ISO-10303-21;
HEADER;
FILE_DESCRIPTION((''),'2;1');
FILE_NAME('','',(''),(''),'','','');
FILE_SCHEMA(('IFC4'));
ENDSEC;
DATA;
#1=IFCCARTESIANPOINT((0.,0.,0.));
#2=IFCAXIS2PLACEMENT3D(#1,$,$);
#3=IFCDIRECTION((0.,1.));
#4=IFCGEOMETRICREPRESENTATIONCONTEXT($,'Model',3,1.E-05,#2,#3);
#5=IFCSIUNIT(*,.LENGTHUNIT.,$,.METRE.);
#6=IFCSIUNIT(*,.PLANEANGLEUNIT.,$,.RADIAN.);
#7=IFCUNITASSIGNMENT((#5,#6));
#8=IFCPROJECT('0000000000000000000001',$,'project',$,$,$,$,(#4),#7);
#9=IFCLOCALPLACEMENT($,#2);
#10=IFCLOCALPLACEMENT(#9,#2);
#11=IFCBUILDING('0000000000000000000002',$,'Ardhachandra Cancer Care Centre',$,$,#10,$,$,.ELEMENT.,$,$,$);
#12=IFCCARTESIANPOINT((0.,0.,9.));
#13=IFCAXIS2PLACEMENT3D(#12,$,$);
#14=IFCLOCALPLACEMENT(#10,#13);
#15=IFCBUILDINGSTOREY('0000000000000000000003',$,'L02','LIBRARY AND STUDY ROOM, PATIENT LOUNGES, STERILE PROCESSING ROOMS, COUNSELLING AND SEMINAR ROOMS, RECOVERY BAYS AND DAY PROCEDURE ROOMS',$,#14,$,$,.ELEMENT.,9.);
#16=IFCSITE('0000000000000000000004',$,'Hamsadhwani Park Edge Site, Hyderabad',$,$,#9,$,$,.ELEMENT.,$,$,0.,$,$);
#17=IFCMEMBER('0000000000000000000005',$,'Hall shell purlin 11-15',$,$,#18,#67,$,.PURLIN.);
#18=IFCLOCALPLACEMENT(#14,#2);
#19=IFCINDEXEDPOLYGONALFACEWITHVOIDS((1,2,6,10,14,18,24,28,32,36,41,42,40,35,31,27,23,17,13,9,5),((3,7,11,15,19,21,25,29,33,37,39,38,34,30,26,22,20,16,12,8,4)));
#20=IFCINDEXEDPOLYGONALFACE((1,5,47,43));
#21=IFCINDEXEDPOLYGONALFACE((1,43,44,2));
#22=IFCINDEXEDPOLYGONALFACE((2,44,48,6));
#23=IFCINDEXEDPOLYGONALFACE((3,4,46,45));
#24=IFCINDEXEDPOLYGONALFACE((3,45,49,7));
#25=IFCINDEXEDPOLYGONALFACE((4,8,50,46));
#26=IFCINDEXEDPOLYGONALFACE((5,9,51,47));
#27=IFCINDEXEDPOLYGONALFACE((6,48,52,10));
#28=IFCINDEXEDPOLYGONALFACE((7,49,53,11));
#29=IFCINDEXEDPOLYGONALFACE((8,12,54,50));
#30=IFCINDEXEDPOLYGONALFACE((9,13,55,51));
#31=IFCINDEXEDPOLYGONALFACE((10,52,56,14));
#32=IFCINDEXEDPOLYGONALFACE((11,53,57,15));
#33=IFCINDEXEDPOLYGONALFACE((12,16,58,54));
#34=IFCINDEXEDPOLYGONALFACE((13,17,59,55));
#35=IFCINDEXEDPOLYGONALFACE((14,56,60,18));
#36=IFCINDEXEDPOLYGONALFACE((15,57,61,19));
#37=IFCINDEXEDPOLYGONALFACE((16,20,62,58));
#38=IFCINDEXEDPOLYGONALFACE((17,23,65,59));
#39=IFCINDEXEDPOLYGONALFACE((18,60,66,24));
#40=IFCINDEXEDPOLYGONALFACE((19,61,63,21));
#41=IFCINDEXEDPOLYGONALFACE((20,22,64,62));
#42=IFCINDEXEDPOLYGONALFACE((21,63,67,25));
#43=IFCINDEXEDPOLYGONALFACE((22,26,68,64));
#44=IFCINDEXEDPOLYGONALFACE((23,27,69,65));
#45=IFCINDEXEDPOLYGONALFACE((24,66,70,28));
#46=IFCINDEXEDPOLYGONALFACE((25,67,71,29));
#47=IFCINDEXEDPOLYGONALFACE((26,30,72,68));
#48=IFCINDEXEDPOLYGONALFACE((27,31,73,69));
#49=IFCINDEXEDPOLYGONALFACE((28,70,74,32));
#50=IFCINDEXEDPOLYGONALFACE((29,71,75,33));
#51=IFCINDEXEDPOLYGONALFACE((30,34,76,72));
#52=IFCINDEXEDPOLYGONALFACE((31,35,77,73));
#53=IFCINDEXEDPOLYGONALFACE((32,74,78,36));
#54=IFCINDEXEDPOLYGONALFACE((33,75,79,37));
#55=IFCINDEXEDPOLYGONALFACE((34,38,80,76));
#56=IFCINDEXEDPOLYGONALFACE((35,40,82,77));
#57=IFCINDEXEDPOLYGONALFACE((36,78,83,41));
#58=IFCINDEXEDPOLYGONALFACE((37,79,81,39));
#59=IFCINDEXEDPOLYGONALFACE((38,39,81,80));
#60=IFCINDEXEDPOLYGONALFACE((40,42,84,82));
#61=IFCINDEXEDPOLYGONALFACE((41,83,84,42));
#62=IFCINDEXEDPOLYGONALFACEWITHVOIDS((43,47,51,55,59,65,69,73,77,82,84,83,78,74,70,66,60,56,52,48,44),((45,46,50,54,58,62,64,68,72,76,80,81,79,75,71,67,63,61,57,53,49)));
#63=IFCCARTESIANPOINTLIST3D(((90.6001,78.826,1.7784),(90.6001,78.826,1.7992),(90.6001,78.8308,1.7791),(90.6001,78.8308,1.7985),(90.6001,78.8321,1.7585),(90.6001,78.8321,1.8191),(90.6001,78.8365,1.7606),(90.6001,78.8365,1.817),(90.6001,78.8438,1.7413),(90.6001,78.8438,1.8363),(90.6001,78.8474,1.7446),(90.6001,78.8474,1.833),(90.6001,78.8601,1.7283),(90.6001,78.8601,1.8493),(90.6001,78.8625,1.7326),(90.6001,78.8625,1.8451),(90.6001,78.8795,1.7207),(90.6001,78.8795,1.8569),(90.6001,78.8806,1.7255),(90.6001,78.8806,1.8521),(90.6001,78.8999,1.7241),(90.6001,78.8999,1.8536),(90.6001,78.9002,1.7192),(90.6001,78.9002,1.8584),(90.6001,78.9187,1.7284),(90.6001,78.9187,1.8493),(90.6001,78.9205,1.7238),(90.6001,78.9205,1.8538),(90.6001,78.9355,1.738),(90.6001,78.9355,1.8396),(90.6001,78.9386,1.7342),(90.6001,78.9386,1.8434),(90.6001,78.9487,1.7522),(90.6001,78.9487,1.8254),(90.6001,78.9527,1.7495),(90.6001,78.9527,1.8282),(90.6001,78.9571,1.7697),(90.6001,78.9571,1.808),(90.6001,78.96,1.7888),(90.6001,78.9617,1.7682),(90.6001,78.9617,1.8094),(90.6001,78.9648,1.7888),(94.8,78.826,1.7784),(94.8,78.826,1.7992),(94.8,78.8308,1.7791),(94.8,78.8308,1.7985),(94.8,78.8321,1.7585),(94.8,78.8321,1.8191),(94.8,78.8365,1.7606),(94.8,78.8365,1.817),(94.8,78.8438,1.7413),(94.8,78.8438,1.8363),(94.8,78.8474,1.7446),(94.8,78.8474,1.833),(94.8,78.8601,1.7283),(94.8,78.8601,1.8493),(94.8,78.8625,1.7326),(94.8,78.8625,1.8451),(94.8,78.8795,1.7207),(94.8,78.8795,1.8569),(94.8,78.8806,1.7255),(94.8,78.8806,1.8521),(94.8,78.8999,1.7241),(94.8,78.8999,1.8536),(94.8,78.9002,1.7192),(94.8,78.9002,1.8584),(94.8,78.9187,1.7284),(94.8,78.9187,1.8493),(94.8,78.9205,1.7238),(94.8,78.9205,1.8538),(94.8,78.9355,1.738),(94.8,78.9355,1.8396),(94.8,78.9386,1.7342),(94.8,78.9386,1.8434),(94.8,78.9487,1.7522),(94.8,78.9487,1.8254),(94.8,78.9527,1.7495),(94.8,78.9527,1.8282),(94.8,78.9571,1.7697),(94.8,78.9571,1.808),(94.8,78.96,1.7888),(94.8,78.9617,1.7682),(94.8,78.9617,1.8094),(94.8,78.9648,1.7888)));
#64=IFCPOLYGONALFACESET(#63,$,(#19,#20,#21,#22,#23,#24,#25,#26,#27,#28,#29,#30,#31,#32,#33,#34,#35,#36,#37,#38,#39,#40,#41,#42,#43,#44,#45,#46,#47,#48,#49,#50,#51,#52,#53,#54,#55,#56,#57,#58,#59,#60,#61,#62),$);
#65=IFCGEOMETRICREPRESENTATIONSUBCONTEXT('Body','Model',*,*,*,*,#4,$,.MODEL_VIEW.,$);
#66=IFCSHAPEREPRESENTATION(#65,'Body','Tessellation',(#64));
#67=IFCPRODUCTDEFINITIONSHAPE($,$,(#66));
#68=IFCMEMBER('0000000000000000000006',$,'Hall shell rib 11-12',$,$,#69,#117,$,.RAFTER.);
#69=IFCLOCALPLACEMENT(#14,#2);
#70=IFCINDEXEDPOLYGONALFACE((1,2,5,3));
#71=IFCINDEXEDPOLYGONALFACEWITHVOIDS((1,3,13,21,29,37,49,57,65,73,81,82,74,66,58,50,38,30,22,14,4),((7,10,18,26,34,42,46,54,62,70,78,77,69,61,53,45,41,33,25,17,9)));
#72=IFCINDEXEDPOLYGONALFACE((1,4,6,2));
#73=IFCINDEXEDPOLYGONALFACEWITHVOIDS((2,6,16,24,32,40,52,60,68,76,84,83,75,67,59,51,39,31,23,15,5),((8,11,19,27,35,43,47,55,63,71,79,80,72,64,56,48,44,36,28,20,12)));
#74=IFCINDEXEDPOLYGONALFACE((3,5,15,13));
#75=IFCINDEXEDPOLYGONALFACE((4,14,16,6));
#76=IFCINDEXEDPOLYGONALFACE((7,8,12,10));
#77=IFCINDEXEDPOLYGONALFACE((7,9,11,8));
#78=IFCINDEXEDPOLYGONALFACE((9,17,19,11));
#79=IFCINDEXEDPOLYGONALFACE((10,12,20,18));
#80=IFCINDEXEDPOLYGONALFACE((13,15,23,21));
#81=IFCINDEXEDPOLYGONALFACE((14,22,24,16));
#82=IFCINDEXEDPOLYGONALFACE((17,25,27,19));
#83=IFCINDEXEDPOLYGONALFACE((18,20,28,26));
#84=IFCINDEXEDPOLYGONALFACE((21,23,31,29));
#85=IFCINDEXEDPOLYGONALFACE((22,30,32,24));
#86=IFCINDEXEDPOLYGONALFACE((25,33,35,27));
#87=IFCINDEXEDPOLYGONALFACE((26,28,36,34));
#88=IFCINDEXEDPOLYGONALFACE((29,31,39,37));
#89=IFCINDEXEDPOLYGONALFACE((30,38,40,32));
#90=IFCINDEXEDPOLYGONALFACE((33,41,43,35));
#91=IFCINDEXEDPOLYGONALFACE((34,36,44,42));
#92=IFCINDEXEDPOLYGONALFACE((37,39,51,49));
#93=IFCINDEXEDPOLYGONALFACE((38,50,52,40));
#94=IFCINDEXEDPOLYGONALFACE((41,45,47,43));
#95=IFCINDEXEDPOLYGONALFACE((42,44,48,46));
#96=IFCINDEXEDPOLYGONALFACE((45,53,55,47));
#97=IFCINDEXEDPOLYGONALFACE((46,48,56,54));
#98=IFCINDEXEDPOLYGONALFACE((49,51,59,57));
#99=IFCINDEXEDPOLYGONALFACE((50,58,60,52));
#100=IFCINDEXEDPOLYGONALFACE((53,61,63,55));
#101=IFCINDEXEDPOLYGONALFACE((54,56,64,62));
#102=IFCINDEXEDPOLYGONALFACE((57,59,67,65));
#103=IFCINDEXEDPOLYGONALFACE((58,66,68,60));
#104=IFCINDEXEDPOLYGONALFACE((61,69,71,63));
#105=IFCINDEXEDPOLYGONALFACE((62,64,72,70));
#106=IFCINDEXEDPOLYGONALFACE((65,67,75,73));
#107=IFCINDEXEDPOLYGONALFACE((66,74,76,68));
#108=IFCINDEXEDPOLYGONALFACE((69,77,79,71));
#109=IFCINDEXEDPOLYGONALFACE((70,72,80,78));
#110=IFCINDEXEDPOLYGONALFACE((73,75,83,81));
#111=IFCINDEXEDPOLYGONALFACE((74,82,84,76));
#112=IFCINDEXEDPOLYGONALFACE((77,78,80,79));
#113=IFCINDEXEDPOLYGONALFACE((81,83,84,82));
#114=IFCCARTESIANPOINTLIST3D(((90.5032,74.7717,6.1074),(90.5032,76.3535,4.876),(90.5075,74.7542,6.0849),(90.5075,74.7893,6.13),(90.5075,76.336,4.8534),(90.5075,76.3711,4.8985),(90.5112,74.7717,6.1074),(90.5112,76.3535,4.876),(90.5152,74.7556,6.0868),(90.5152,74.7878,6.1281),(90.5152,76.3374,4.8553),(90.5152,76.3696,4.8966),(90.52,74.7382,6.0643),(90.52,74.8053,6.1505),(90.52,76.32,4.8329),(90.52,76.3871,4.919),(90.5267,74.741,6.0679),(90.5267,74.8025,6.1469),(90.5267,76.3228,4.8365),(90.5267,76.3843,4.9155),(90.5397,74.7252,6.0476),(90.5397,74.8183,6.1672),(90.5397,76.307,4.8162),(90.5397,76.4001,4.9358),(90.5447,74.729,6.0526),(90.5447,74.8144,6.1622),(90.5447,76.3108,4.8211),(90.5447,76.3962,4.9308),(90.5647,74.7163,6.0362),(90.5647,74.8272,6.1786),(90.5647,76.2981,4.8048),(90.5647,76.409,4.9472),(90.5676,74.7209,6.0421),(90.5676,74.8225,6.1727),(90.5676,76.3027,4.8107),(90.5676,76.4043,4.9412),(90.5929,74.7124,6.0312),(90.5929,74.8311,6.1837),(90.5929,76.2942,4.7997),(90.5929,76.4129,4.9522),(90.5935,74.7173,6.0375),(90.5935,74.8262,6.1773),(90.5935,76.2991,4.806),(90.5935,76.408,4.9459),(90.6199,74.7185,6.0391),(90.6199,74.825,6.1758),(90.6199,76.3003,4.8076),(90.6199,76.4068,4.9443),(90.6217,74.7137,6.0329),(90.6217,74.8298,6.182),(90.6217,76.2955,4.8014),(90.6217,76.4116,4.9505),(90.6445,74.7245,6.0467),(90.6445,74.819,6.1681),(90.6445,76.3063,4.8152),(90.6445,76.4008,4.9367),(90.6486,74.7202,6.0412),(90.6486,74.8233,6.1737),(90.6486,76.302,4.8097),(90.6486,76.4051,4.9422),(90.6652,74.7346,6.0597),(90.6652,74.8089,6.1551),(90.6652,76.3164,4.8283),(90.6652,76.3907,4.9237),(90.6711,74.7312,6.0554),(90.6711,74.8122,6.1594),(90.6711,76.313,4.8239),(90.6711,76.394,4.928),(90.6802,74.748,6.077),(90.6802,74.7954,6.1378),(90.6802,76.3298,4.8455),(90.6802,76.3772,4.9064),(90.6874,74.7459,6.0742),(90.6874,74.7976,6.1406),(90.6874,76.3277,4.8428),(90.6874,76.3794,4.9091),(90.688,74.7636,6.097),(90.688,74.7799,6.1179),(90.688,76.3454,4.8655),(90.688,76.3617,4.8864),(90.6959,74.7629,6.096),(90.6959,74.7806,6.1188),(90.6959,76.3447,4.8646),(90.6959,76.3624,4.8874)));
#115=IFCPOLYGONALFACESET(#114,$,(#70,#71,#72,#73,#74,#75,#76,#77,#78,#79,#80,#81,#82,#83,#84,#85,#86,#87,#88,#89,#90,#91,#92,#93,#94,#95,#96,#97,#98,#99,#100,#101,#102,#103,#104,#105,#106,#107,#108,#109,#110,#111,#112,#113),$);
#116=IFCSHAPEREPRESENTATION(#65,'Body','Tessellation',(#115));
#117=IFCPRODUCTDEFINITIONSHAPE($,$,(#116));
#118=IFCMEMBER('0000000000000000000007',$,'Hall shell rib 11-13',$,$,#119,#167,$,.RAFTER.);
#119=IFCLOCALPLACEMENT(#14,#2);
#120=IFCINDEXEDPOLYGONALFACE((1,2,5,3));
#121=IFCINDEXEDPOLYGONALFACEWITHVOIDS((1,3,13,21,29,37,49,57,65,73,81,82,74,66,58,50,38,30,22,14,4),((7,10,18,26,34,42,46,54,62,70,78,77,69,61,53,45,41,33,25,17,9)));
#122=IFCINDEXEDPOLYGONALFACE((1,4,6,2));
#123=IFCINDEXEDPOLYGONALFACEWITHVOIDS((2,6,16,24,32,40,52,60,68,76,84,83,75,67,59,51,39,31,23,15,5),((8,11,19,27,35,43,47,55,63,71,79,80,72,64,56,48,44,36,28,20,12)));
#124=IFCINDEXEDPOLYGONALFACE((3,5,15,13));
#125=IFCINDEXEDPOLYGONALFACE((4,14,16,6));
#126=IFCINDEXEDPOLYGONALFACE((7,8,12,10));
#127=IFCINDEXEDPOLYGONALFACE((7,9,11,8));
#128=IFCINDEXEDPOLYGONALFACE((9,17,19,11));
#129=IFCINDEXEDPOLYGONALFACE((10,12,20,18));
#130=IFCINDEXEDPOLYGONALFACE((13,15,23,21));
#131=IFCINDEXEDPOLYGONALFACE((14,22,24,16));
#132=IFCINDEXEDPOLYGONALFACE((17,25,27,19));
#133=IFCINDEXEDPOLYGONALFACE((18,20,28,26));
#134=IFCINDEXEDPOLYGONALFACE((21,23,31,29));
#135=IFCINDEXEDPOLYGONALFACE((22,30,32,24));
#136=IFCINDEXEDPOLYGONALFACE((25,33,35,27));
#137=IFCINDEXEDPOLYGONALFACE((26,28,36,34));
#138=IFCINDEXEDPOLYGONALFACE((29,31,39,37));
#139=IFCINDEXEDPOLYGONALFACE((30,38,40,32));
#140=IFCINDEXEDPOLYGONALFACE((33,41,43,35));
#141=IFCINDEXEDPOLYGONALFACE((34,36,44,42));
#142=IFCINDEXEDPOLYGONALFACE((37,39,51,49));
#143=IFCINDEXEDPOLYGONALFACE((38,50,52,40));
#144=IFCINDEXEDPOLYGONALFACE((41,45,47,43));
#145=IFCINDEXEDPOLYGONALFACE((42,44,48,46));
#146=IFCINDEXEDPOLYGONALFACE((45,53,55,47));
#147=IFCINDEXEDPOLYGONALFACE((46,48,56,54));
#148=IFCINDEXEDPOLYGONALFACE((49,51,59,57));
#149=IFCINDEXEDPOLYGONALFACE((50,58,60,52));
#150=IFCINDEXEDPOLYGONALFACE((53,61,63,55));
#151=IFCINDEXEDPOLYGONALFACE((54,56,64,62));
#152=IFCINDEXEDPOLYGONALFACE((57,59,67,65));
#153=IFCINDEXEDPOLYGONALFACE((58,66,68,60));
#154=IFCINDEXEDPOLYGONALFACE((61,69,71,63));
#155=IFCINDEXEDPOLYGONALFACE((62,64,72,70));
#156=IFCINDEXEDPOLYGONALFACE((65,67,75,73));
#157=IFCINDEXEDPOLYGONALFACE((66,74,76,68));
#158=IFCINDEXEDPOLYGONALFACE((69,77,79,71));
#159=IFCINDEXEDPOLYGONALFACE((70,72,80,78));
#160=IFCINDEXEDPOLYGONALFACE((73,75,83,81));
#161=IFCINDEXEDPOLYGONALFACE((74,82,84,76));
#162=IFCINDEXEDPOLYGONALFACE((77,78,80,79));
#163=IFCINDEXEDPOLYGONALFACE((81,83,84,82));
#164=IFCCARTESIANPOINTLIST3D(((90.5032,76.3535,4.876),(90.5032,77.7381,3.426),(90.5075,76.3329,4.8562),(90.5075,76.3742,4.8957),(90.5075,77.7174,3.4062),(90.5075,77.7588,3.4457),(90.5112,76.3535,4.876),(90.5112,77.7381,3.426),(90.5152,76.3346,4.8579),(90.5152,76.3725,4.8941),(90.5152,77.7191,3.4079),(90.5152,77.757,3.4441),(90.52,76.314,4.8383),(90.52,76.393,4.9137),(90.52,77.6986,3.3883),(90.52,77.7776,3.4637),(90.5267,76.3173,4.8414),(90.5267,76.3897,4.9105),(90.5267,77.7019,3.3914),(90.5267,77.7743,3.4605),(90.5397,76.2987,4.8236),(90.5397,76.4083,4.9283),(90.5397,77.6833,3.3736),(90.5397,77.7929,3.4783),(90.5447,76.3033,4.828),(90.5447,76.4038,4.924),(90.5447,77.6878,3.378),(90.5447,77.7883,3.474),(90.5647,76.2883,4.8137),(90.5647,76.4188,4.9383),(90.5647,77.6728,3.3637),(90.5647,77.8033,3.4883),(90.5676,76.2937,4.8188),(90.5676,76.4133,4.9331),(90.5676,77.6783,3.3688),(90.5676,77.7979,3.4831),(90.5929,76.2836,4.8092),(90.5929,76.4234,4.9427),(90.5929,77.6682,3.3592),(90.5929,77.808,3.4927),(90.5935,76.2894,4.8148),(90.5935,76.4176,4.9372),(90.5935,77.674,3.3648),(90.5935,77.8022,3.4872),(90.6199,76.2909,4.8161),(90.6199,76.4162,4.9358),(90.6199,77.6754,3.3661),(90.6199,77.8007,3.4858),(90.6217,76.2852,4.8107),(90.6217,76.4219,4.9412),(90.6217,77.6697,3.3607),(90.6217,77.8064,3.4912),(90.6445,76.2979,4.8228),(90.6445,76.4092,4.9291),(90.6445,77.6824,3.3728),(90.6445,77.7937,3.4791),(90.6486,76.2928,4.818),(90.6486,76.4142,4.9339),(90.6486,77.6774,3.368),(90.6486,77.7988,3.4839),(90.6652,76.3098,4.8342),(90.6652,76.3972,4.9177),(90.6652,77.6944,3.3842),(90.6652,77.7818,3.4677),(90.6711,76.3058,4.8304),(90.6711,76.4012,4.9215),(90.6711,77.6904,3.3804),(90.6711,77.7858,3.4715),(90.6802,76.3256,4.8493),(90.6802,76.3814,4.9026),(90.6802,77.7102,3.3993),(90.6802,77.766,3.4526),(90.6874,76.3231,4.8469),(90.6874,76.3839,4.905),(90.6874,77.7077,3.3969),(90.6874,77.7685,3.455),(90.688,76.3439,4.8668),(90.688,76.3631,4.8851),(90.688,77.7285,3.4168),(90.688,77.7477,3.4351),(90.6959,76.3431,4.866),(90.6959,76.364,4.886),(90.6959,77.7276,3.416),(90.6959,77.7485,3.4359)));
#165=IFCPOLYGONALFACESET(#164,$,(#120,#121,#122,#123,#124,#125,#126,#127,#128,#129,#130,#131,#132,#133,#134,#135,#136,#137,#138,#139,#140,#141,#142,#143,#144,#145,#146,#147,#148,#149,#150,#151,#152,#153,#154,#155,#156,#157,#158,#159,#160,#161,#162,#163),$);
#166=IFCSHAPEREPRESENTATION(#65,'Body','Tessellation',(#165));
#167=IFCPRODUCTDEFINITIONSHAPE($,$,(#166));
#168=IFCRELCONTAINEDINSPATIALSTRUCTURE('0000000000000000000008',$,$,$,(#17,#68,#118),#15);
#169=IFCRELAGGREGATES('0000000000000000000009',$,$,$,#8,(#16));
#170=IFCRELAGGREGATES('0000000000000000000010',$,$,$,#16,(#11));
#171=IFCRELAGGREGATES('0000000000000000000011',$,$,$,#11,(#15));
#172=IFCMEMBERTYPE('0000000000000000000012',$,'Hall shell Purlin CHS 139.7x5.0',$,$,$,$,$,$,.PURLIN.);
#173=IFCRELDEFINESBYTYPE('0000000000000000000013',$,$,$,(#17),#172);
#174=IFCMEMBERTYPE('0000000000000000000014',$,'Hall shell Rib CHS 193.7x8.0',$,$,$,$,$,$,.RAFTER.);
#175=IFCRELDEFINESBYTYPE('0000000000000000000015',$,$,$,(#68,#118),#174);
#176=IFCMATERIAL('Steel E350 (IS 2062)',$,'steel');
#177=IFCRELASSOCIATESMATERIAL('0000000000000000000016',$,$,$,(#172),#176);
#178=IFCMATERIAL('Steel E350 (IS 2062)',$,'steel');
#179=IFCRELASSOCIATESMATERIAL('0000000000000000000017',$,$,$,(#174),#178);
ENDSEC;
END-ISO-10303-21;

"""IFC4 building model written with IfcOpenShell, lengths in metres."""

from ifc_helpers import new_model, si_unit, direction, frame, origin, origin_2d, place, context, subcontext, project, spatial, hollow_circle, extrude, material, material_profile, profile_set, type_object, element, save


model = new_model("IFC4")

# Units and contexts
model_context = context("Model", 3, precision=1e-05, world=origin(), true_north=direction((0.0, 1.0)))
body_context = subcontext(model_context, "Body", "Model", "MODEL_VIEW")
ifc_project = project(units=[si_unit("LENGTHUNIT", "METRE"), si_unit("PLANEANGLEUNIT", "RADIAN")], contexts=[model_context])

# Site, building, storey
site_placement = place(None, origin())
site = spatial("IfcSite", under=ifc_project, at=site_placement, Name="Hamsadhwani Park Edge Site, Hyderabad", CompositionType="ELEMENT", RefElevation=0.0)
building_placement = place(site_placement, origin())
building = spatial("IfcBuilding", under=site, at=building_placement, Name="Ardhachandra Cancer Care Centre", CompositionType="ELEMENT")
storey_placement = place(building_placement, frame((0.0, 0.0, 9.0)))
storey = spatial("IfcBuildingStorey", under=building, at=storey_placement, Name="L02", Description="LIBRARY AND STUDY ROOM, PATIENT LOUNGES, STERILE PROCESSING ROOMS, COUNSELLING AND SEMINAR ROOMS, RECOVERY BAYS AND DAY PROCEDURE ROOMS", CompositionType="ELEMENT", Elevation=9.0)

# Members
ifc_material_1 = material(Name="Steel E350 (IS 2062)", Category="steel")
ifc_material_profile_1 = material_profile(ifc_material_1, hollow_circle(Radius=0.0698, WallThickness=0.0049, at=origin_2d()), Name="CHS 139.7x5.0")
ifc_profile_set_1 = profile_set([ifc_material_profile_1], Name="Steel E350 (IS 2062)")
member_type_1 = type_object("IfcMemberType", Name="Hall shell Purlin CHS 139.7x5.0", PredefinedType="PURLIN", material=ifc_profile_set_1)
for number, where, z_axis, x_axis, name in (
    (1, (90.6001, 78.895, 1.7888), (1.0, 0.0, 0.0), (0.0, 1.0, 0.0), "Hall shell purlin 11-15"),
):
    element("IfcMember", number, at=place(storey_placement, frame(where, z_axis=z_axis, x_axis=x_axis)), inside=storey, type_object=member_type_1, Name=name, PredefinedType="PURLIN", context=body_context, shape_type="SweptSolid", body=[
        extrude(hollow_circle(Radius=0.0698, WallThickness=0.0049, at=origin_2d()), origin(), (0.0, 0.0, 1.0), 4.2),
    ])
ifc_material_2 = material(Name="Steel E350 (IS 2062)", Category="steel")
ifc_material_profile_2 = material_profile(ifc_material_2, hollow_circle(Radius=0.0969, WallThickness=0.0081, at=origin_2d()), Name="CHS 193.7x8.0")
ifc_profile_set_2 = profile_set([ifc_material_profile_2], Name="Steel E350 (IS 2062)")
member_type_2 = type_object("IfcMemberType", Name="Hall shell Rib CHS 193.7x8.0", PredefinedType="RAFTER", material=ifc_profile_set_2)
member_1_placement = place(storey_placement, frame((90.6001, 74.7717, 6.1074), z_axis=(0.0, 0.78907, -0.614303), x_axis=(-1.0, 0.0, 0.0)))
element("IfcMember", 2, at=member_1_placement, inside=storey, type_object=member_type_2, Name="Hall shell rib 11-12", PredefinedType="RAFTER", context=body_context, shape_type="SweptSolid", body=[
    extrude(hollow_circle(Radius=0.0969, WallThickness=0.0081, at=origin_2d()), origin(), (0.0, 0.0, 1.0), 2.0046),
])
member_2_placement = place(storey_placement, frame((90.6001, 76.3535, 4.876), z_axis=(0.0, 0.6906, -0.723237), x_axis=(-1.0, 0.0, 0.0)))
element("IfcMember", 3, at=member_2_placement, inside=storey, type_object=member_type_2, Name="Hall shell rib 11-13", PredefinedType="RAFTER", context=body_context, shape_type="SweptSolid", body=[
    extrude(hollow_circle(Radius=0.0969, WallThickness=0.0081, at=origin_2d()), origin(), (0.0, 0.0, 1.0), 2.0049),
])

save(model, "model.ifc")
